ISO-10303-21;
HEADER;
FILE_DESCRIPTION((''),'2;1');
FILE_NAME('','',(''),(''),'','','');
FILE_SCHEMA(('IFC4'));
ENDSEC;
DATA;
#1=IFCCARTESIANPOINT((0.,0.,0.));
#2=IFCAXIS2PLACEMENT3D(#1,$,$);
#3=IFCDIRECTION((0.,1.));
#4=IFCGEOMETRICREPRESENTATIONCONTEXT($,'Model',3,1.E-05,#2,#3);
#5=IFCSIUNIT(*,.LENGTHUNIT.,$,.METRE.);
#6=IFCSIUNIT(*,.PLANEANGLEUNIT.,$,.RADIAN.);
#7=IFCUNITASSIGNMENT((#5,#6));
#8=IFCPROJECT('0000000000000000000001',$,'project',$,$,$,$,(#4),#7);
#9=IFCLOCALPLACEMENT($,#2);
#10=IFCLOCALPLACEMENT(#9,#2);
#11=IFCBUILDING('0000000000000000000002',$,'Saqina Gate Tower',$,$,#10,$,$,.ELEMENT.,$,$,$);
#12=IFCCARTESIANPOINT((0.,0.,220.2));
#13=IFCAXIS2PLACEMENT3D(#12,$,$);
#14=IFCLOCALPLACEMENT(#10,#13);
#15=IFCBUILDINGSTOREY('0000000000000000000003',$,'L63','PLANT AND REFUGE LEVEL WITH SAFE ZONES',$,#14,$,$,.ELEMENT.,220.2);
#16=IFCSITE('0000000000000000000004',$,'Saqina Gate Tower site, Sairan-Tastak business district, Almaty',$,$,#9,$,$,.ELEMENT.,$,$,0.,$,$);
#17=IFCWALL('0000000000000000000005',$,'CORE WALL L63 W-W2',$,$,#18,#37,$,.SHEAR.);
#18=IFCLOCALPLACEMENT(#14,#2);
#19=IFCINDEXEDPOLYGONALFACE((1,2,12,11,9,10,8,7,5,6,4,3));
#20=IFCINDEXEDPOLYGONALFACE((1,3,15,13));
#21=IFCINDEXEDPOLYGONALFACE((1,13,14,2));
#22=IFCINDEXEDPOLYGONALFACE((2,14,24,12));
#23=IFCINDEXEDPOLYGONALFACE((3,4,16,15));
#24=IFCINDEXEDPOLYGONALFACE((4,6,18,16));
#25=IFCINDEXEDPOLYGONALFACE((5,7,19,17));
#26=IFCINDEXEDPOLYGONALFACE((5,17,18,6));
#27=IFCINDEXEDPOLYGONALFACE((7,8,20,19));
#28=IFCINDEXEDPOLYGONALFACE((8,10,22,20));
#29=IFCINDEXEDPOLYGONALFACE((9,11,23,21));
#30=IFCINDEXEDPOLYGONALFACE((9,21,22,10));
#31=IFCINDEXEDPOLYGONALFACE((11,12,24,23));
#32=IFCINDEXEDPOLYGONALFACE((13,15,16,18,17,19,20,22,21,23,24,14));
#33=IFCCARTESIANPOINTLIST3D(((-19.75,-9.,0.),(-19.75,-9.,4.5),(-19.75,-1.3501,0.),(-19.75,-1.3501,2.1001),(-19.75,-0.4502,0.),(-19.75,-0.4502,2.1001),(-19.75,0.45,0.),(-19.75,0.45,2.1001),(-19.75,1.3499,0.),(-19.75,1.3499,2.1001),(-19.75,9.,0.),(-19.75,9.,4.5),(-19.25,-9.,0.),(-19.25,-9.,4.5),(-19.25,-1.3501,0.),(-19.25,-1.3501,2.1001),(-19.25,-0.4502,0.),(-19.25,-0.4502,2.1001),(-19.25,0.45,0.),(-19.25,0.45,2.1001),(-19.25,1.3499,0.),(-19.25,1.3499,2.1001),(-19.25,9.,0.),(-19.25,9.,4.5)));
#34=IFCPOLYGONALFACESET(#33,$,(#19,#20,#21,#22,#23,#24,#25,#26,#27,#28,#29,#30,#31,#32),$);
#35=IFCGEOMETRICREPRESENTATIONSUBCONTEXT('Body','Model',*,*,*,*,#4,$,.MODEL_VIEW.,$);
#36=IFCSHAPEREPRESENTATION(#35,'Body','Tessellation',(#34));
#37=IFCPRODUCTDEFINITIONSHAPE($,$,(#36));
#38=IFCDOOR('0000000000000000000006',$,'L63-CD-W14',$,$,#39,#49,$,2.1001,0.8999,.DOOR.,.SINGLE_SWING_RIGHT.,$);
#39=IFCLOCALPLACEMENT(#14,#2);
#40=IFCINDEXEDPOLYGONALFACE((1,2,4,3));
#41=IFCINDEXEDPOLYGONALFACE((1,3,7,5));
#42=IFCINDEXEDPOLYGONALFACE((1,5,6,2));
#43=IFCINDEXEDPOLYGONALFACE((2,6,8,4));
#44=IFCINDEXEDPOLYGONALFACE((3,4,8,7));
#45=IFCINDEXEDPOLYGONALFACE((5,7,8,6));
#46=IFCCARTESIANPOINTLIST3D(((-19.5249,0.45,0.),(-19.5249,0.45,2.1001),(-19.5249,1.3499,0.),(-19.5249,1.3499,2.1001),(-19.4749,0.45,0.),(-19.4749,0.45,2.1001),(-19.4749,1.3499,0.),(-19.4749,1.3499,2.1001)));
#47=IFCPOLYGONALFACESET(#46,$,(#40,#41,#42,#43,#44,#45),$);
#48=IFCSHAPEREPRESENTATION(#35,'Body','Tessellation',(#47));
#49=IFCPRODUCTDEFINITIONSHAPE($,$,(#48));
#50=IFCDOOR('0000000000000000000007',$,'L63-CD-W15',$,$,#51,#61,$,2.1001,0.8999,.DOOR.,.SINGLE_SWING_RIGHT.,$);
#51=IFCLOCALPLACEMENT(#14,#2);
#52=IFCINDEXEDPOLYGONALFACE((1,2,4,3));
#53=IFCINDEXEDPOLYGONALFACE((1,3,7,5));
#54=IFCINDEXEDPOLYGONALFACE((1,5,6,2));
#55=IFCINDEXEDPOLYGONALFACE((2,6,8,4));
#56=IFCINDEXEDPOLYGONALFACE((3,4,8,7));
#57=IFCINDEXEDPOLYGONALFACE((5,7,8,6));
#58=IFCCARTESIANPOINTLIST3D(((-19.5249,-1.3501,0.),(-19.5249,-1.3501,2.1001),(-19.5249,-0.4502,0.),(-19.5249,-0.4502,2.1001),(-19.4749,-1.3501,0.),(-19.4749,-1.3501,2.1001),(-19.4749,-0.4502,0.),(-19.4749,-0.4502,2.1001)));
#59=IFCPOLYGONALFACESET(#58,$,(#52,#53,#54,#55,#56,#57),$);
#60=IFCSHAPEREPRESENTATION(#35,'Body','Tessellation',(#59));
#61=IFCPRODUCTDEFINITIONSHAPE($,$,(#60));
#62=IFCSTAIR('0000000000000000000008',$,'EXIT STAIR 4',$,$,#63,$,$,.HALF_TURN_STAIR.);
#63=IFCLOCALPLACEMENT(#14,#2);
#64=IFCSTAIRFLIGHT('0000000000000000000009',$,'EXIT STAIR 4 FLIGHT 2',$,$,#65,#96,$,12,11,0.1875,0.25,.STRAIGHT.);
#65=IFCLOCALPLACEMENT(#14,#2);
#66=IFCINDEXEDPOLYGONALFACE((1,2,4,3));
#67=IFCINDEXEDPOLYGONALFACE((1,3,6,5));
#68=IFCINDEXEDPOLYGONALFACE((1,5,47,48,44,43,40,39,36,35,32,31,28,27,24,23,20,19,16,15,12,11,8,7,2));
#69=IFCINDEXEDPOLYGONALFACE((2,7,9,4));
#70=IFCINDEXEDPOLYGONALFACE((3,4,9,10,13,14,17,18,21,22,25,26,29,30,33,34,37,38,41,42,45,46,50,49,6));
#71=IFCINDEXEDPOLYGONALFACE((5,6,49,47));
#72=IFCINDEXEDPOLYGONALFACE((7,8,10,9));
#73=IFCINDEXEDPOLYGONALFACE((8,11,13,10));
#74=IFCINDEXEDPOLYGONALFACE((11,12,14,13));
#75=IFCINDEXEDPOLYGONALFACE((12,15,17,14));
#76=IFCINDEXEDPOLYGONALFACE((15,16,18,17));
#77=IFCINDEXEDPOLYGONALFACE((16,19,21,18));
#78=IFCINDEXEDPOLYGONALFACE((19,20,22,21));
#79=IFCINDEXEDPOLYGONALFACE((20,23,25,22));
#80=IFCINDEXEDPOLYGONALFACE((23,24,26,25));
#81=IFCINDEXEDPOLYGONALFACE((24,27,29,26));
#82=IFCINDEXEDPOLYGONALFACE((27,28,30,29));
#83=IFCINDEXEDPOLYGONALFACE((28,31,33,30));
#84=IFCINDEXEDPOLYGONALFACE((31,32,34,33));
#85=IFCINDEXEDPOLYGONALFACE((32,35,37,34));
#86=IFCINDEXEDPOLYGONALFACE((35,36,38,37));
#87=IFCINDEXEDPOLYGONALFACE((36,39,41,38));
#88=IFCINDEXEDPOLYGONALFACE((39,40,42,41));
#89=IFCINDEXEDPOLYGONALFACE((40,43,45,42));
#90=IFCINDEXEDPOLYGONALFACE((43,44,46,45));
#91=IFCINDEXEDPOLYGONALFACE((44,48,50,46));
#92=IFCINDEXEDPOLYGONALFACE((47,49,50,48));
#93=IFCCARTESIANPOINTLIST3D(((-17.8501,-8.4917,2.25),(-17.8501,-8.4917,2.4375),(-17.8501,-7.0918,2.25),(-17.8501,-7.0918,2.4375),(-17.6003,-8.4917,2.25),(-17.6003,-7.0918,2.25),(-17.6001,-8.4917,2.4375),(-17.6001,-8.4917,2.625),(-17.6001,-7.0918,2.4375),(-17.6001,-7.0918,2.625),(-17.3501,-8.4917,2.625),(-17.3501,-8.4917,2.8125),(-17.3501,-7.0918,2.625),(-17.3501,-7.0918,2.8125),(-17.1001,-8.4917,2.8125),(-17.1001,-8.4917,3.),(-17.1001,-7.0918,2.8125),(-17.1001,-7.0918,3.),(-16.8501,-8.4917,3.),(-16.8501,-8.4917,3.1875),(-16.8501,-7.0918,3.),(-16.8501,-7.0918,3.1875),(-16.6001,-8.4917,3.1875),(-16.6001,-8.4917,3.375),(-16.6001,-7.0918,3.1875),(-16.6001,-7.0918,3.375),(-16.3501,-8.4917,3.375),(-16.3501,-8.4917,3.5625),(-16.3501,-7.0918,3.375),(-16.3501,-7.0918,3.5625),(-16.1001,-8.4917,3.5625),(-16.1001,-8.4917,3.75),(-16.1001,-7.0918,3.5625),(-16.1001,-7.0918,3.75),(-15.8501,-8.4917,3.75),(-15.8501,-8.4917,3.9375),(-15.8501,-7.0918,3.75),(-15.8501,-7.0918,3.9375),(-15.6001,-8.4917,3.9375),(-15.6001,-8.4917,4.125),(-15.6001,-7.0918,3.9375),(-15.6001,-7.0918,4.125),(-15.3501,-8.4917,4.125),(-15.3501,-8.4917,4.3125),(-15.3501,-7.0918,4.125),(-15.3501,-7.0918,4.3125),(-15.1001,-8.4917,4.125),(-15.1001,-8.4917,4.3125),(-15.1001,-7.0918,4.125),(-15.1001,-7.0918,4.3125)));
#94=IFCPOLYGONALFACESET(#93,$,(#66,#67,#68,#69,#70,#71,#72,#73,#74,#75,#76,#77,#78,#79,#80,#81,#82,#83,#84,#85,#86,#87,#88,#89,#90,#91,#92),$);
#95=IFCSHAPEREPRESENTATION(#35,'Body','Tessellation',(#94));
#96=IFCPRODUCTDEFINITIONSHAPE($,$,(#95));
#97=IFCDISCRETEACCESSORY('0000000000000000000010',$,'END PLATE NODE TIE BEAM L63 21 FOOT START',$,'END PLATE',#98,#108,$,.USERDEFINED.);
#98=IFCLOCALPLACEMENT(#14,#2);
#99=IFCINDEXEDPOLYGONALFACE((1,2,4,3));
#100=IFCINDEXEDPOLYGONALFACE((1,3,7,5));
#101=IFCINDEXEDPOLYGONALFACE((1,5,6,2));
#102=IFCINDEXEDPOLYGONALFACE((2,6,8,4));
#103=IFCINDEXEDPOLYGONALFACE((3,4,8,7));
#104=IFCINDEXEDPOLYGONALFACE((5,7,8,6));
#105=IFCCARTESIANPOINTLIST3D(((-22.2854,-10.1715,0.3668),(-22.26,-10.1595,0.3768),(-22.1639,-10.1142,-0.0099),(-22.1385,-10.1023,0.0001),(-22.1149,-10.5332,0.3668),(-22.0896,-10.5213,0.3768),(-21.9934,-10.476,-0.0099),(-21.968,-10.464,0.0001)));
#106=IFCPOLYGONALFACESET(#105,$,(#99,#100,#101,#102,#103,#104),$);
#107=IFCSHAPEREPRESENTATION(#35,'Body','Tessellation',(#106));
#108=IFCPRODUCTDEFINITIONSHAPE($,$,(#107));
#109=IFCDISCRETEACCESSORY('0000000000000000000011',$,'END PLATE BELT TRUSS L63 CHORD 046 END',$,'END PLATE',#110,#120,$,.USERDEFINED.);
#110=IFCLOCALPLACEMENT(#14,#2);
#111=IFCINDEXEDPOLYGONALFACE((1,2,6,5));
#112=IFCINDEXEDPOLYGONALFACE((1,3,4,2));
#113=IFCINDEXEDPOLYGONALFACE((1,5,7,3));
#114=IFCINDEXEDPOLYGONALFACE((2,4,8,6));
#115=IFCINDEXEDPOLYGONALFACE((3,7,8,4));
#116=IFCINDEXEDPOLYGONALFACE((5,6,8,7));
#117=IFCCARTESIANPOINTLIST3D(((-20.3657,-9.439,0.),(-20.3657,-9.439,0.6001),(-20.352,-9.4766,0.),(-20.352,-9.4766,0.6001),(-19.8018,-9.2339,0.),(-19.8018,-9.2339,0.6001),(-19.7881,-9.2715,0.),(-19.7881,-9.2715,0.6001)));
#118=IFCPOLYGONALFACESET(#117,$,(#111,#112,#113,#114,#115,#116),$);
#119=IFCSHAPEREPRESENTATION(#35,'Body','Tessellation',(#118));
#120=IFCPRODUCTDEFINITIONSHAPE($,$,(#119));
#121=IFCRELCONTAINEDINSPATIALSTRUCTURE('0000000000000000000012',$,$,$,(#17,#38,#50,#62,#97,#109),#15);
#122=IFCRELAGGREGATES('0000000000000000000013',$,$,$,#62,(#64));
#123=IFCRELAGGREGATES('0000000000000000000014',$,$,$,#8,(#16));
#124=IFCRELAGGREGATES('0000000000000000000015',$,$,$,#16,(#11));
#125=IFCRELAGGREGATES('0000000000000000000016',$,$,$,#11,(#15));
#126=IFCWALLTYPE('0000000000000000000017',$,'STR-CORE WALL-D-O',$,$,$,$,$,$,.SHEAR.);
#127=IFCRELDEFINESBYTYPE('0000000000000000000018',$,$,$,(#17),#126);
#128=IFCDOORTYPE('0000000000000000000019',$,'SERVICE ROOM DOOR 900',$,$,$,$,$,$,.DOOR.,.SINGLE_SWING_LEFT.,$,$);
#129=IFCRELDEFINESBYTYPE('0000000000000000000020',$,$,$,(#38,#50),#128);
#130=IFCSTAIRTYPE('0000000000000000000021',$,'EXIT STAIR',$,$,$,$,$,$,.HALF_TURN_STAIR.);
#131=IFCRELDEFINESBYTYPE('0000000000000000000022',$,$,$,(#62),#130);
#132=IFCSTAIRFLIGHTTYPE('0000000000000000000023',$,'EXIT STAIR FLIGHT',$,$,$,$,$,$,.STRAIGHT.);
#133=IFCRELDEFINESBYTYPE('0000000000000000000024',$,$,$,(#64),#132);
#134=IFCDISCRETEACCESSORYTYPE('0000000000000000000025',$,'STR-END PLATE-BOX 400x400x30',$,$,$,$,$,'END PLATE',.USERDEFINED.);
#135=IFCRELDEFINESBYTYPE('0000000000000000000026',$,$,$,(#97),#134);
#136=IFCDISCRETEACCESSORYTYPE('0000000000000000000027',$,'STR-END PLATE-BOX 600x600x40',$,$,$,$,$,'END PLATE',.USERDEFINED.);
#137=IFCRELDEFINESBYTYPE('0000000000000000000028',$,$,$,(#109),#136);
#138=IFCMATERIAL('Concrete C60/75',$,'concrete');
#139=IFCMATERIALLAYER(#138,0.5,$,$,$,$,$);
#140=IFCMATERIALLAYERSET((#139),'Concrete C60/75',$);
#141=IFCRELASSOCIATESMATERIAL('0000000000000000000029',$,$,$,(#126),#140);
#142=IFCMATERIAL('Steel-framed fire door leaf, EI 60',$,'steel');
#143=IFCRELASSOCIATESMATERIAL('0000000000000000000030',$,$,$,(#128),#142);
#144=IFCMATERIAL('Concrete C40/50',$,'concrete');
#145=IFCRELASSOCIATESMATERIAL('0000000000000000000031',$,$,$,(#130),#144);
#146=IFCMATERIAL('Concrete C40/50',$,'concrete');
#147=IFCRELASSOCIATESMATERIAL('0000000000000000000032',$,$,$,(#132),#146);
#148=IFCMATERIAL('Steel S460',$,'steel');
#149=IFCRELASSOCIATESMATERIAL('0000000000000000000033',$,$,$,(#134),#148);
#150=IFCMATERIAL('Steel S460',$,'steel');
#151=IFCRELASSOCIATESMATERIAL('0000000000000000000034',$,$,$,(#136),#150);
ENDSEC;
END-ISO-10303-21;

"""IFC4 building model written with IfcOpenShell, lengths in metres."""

from ifc_helpers import new_model, si_unit, direction, frame, frame_2d, origin, origin_2d, place, context, subcontext, project, spatial, polyline, rectangle, outline, extrude, material, layer, layer_set, material_profile, profile_set, type_object, element, fill, aggregate, save


model = new_model("IFC4")

# Units and contexts
model_context = context("Model", 3, precision=1e-05, world=origin(), true_north=direction((0.0, 1.0)))
body_context = subcontext(model_context, "Body", "Model", "MODEL_VIEW")
ifc_project = project(units=[si_unit("LENGTHUNIT", "METRE"), si_unit("PLANEANGLEUNIT", "RADIAN")], contexts=[model_context])

# Site, building, storey
site_placement = place(None, origin())
site = spatial("IfcSite", under=ifc_project, at=site_placement, Name="Saqina Gate Tower site, Sairan-Tastak business district, Almaty", CompositionType="ELEMENT", RefElevation=0.0)
building_placement = place(site_placement, origin())
building = spatial("IfcBuilding", under=site, at=building_placement, Name="Saqina Gate Tower", CompositionType="ELEMENT")
storey_placement = place(building_placement, frame((0.0, 0.0, 220.2)))
storey = spatial("IfcBuildingStorey", under=building, at=storey_placement, Name="L63", Description="PLANT AND REFUGE LEVEL WITH SAFE ZONES", CompositionType="ELEMENT", Elevation=220.2)

# Wall, openings, doors
ifc_material_1 = material(Name="Concrete C60/75", Category="concrete")
ifc_layer_1 = layer(ifc_material_1, 0.5)
ifc_layer_set_1 = layer_set([ifc_layer_1], Name="Concrete C60/75")
wall_type_1 = type_object("IfcWallType", Name="STR-CORE WALL-D-O", PredefinedType="SHEAR", material=ifc_layer_set_1)
wall_1_placement = place(storey_placement, frame((-19.5, -9.0, 0.0), z_axis=(0.0, 0.0, 1.0), x_axis=(0.0, 1.0, 0.0)))
wall_1 = element("IfcWall", 1, at=wall_1_placement, inside=storey, type_object=wall_type_1, Name="CORE WALL L63 W-W2", PredefinedType="SHEAR", context=body_context, shape_type="SweptSolid", body=[
    extrude(rectangle(XDim=18.0, YDim=0.5, at=frame_2d((9.0, 0.0))), origin(), (0.0, 0.0, 1.0), 4.5),
])
opening_1_placement = place(wall_1_placement, frame((9.45, 0.0, 0.0)))
opening_1 = element("IfcOpeningElement", 2, at=opening_1_placement, cuts=wall_1, PredefinedType="OPENING", context=body_context, shape_type="SweptSolid", body=[
    extrude(rectangle(XDim=0.8999, YDim=2.1001, at=frame_2d((0.45, 1.05))), frame((0.0, 0.262, 0.0), z_axis=(0.0, -1.0, 0.0), x_axis=(1.0, 0.0, 0.0)), (0.0, 0.0, 1.0), 0.5239),
])
opening_2_placement = place(wall_1_placement, frame((7.6499, 0.0, 0.0)))
opening_2 = element("IfcOpeningElement", 3, at=opening_2_placement, cuts=wall_1, PredefinedType="OPENING", context=body_context, shape_type="SweptSolid", body=[
    extrude(rectangle(XDim=0.8999, YDim=2.1001, at=frame_2d((0.45, 1.05))), frame((0.0, 0.262, 0.0), z_axis=(0.0, -1.0, 0.0), x_axis=(1.0, 0.0, 0.0)), (0.0, 0.0, 1.0), 0.5239),
])
ifc_material_2 = material(Name="Steel-framed fire door leaf, EI 60", Category="steel")
door_type = type_object("IfcDoorType", Name="SERVICE ROOM DOOR 900", OperationType="SINGLE_SWING_LEFT", PredefinedType="DOOR", material=ifc_material_2)
door_1_placement = place(opening_1_placement, origin())
door_1 = element("IfcDoor", 4, at=door_1_placement, inside=storey, type_object=door_type, Name="L63-CD-W14", OperationType="SINGLE_SWING_RIGHT", OverallHeight=2.1001, OverallWidth=0.8999, PredefinedType="DOOR", context=body_context, shape_type="SweptSolid", body=[
    extrude(rectangle(XDim=0.8999, YDim=2.1001, at=frame_2d((0.45, 1.05))), frame((0.0, 0.0249, 0.0), z_axis=(0.0, -1.0, 0.0), x_axis=(1.0, 0.0, 0.0)), (0.0, 0.0, 1.0), 0.05),
])
fill(opening_1, door_1)
door_2_placement = place(opening_2_placement, origin())
door_2 = element("IfcDoor", 5, at=door_2_placement, inside=storey, type_object=door_type, Name="L63-CD-W15", OperationType="SINGLE_SWING_RIGHT", OverallHeight=2.1001, OverallWidth=0.8999, PredefinedType="DOOR", context=body_context, shape_type="SweptSolid", body=[
    extrude(rectangle(XDim=0.8999, YDim=2.1001, at=frame_2d((0.45, 1.05))), frame((0.0, 0.0249, 0.0), z_axis=(0.0, -1.0, 0.0), x_axis=(1.0, 0.0, 0.0)), (0.0, 0.0, 1.0), 0.05),
])
fill(opening_2, door_2)

# Stair, stair flight
ifc_material_3 = material(Name="Concrete C40/50", Category="concrete")
stair_type = type_object("IfcStairType", Name="EXIT STAIR", PredefinedType="HALF_TURN_STAIR", material=ifc_material_3)
stair_placement = place(storey_placement, origin())
stair = element("IfcStair", 6, at=stair_placement, inside=storey, type_object=stair_type, Name="EXIT STAIR 4", PredefinedType="HALF_TURN_STAIR")
ifc_material_4 = material(Name="Concrete C40/50", Category="concrete")
stair_flight_type = type_object("IfcStairFlightType", Name="EXIT STAIR FLIGHT", PredefinedType="STRAIGHT", material=ifc_material_4)
stair_flight_placement = place(storey_placement, frame((-17.8501, -7.7917, 2.25), z_axis=(0.0, 0.0, 1.0), x_axis=(1.0, 0.0, 0.0)))
stair_flight = element("IfcStairFlight", 7, at=stair_flight_placement, type_object=stair_flight_type, Name="EXIT STAIR 4 FLIGHT 2", NumberOfRisers=12, NumberOfTreads=11, PredefinedType="STRAIGHT", RiserHeight=0.1875, TreadLength=0.25, context=body_context, shape_type="SweptSolid", body=[
    extrude(outline(polyline([(0.0, 0.0), (0.0, 0.1875), (0.25, 0.1875), (0.25, 0.375), (0.5, 0.375), (0.5, 0.5625), (0.75, 0.5625), (0.75, 0.75), (1.0, 0.75), (1.0, 0.9375), (1.25, 0.9375), (1.25, 1.125), (1.5, 1.125), (1.5, 1.3125), (1.75, 1.3125), (1.75, 1.5), (2.0, 1.5), (2.0, 1.6875), (2.25, 1.6875), (2.25, 1.875), (2.5, 1.875), (2.5, 2.0625), (2.75, 2.0625), (2.75, 2.25), (2.75, 1.875), (0.2498, 0.0), (0.0, 0.0)])), frame((0.0, 0.7, 0.0), z_axis=(0.0, -1.0, 0.0), x_axis=(1.0, 0.0, 0.0)), (0.0, 0.0, 1.0), 1.3999),
])
aggregate(stair, [stair_flight])

# Discrete accessories
ifc_material_5 = material(Name="Steel S460", Category="steel")
ifc_material_profile_1 = material_profile(ifc_material_5, rectangle(XDim=0.3999, YDim=0.3999, at=origin_2d()), Name="STR-END PLATE-BOX 400x400x30")
ifc_profile_set_1 = profile_set([ifc_material_profile_1], Name="Steel S460")
discrete_accessory_type_1 = type_object("IfcDiscreteAccessoryType", Name="STR-END PLATE-BOX 400x400x30", ElementType="END PLATE", PredefinedType="USERDEFINED", material=ifc_profile_set_1)
discrete_accessory_1_placement = place(storey_placement, frame((-22.114, -10.3118, 0.1885), z_axis=(-0.852058, -0.401451, -0.335908), x_axis=(-0.426216, 0.904621, 0.000001)))
element("IfcDiscreteAccessory", 8, at=discrete_accessory_1_placement, inside=storey, type_object=discrete_accessory_type_1, Name="END PLATE NODE TIE BEAM L63 21 FOOT START", ObjectType="END PLATE", PredefinedType="USERDEFINED", context=body_context, shape_type="SweptSolid", body=[
    extrude(rectangle(XDim=0.3999, YDim=0.3999, at=origin_2d()), origin(), (0.0, 0.0, 1.0), 0.0298),
])
ifc_material_6 = material(Name="Steel S460", Category="steel")
ifc_material_profile_2 = material_profile(ifc_material_6, rectangle(XDim=0.6001, YDim=0.6001, at=origin_2d()), Name="STR-END PLATE-BOX 600x600x40")
ifc_profile_set_2 = profile_set([ifc_material_profile_2], Name="Steel S460")
discrete_accessory_type_2 = type_object("IfcDiscreteAccessoryType", Name="STR-END PLATE-BOX 600x600x40", ElementType="END PLATE", PredefinedType="USERDEFINED", material=ifc_profile_set_2)
discrete_accessory_2_placement = place(storey_placement, frame((-20.0837, -9.3364, 0.3), z_axis=(0.341743, -0.939793, 0.0), x_axis=(0.939793, 0.341743, 0.0)))
element("IfcDiscreteAccessory", 9, at=discrete_accessory_2_placement, inside=storey, type_object=discrete_accessory_type_2, Name="END PLATE BELT TRUSS L63 CHORD 046 END", ObjectType="END PLATE", PredefinedType="USERDEFINED", context=body_context, shape_type="SweptSolid", body=[
    extrude(rectangle(XDim=0.6001, YDim=0.6001, at=origin_2d()), origin(), (0.0, 0.0, 1.0), 0.04),
])

save(model, "model.ifc")
